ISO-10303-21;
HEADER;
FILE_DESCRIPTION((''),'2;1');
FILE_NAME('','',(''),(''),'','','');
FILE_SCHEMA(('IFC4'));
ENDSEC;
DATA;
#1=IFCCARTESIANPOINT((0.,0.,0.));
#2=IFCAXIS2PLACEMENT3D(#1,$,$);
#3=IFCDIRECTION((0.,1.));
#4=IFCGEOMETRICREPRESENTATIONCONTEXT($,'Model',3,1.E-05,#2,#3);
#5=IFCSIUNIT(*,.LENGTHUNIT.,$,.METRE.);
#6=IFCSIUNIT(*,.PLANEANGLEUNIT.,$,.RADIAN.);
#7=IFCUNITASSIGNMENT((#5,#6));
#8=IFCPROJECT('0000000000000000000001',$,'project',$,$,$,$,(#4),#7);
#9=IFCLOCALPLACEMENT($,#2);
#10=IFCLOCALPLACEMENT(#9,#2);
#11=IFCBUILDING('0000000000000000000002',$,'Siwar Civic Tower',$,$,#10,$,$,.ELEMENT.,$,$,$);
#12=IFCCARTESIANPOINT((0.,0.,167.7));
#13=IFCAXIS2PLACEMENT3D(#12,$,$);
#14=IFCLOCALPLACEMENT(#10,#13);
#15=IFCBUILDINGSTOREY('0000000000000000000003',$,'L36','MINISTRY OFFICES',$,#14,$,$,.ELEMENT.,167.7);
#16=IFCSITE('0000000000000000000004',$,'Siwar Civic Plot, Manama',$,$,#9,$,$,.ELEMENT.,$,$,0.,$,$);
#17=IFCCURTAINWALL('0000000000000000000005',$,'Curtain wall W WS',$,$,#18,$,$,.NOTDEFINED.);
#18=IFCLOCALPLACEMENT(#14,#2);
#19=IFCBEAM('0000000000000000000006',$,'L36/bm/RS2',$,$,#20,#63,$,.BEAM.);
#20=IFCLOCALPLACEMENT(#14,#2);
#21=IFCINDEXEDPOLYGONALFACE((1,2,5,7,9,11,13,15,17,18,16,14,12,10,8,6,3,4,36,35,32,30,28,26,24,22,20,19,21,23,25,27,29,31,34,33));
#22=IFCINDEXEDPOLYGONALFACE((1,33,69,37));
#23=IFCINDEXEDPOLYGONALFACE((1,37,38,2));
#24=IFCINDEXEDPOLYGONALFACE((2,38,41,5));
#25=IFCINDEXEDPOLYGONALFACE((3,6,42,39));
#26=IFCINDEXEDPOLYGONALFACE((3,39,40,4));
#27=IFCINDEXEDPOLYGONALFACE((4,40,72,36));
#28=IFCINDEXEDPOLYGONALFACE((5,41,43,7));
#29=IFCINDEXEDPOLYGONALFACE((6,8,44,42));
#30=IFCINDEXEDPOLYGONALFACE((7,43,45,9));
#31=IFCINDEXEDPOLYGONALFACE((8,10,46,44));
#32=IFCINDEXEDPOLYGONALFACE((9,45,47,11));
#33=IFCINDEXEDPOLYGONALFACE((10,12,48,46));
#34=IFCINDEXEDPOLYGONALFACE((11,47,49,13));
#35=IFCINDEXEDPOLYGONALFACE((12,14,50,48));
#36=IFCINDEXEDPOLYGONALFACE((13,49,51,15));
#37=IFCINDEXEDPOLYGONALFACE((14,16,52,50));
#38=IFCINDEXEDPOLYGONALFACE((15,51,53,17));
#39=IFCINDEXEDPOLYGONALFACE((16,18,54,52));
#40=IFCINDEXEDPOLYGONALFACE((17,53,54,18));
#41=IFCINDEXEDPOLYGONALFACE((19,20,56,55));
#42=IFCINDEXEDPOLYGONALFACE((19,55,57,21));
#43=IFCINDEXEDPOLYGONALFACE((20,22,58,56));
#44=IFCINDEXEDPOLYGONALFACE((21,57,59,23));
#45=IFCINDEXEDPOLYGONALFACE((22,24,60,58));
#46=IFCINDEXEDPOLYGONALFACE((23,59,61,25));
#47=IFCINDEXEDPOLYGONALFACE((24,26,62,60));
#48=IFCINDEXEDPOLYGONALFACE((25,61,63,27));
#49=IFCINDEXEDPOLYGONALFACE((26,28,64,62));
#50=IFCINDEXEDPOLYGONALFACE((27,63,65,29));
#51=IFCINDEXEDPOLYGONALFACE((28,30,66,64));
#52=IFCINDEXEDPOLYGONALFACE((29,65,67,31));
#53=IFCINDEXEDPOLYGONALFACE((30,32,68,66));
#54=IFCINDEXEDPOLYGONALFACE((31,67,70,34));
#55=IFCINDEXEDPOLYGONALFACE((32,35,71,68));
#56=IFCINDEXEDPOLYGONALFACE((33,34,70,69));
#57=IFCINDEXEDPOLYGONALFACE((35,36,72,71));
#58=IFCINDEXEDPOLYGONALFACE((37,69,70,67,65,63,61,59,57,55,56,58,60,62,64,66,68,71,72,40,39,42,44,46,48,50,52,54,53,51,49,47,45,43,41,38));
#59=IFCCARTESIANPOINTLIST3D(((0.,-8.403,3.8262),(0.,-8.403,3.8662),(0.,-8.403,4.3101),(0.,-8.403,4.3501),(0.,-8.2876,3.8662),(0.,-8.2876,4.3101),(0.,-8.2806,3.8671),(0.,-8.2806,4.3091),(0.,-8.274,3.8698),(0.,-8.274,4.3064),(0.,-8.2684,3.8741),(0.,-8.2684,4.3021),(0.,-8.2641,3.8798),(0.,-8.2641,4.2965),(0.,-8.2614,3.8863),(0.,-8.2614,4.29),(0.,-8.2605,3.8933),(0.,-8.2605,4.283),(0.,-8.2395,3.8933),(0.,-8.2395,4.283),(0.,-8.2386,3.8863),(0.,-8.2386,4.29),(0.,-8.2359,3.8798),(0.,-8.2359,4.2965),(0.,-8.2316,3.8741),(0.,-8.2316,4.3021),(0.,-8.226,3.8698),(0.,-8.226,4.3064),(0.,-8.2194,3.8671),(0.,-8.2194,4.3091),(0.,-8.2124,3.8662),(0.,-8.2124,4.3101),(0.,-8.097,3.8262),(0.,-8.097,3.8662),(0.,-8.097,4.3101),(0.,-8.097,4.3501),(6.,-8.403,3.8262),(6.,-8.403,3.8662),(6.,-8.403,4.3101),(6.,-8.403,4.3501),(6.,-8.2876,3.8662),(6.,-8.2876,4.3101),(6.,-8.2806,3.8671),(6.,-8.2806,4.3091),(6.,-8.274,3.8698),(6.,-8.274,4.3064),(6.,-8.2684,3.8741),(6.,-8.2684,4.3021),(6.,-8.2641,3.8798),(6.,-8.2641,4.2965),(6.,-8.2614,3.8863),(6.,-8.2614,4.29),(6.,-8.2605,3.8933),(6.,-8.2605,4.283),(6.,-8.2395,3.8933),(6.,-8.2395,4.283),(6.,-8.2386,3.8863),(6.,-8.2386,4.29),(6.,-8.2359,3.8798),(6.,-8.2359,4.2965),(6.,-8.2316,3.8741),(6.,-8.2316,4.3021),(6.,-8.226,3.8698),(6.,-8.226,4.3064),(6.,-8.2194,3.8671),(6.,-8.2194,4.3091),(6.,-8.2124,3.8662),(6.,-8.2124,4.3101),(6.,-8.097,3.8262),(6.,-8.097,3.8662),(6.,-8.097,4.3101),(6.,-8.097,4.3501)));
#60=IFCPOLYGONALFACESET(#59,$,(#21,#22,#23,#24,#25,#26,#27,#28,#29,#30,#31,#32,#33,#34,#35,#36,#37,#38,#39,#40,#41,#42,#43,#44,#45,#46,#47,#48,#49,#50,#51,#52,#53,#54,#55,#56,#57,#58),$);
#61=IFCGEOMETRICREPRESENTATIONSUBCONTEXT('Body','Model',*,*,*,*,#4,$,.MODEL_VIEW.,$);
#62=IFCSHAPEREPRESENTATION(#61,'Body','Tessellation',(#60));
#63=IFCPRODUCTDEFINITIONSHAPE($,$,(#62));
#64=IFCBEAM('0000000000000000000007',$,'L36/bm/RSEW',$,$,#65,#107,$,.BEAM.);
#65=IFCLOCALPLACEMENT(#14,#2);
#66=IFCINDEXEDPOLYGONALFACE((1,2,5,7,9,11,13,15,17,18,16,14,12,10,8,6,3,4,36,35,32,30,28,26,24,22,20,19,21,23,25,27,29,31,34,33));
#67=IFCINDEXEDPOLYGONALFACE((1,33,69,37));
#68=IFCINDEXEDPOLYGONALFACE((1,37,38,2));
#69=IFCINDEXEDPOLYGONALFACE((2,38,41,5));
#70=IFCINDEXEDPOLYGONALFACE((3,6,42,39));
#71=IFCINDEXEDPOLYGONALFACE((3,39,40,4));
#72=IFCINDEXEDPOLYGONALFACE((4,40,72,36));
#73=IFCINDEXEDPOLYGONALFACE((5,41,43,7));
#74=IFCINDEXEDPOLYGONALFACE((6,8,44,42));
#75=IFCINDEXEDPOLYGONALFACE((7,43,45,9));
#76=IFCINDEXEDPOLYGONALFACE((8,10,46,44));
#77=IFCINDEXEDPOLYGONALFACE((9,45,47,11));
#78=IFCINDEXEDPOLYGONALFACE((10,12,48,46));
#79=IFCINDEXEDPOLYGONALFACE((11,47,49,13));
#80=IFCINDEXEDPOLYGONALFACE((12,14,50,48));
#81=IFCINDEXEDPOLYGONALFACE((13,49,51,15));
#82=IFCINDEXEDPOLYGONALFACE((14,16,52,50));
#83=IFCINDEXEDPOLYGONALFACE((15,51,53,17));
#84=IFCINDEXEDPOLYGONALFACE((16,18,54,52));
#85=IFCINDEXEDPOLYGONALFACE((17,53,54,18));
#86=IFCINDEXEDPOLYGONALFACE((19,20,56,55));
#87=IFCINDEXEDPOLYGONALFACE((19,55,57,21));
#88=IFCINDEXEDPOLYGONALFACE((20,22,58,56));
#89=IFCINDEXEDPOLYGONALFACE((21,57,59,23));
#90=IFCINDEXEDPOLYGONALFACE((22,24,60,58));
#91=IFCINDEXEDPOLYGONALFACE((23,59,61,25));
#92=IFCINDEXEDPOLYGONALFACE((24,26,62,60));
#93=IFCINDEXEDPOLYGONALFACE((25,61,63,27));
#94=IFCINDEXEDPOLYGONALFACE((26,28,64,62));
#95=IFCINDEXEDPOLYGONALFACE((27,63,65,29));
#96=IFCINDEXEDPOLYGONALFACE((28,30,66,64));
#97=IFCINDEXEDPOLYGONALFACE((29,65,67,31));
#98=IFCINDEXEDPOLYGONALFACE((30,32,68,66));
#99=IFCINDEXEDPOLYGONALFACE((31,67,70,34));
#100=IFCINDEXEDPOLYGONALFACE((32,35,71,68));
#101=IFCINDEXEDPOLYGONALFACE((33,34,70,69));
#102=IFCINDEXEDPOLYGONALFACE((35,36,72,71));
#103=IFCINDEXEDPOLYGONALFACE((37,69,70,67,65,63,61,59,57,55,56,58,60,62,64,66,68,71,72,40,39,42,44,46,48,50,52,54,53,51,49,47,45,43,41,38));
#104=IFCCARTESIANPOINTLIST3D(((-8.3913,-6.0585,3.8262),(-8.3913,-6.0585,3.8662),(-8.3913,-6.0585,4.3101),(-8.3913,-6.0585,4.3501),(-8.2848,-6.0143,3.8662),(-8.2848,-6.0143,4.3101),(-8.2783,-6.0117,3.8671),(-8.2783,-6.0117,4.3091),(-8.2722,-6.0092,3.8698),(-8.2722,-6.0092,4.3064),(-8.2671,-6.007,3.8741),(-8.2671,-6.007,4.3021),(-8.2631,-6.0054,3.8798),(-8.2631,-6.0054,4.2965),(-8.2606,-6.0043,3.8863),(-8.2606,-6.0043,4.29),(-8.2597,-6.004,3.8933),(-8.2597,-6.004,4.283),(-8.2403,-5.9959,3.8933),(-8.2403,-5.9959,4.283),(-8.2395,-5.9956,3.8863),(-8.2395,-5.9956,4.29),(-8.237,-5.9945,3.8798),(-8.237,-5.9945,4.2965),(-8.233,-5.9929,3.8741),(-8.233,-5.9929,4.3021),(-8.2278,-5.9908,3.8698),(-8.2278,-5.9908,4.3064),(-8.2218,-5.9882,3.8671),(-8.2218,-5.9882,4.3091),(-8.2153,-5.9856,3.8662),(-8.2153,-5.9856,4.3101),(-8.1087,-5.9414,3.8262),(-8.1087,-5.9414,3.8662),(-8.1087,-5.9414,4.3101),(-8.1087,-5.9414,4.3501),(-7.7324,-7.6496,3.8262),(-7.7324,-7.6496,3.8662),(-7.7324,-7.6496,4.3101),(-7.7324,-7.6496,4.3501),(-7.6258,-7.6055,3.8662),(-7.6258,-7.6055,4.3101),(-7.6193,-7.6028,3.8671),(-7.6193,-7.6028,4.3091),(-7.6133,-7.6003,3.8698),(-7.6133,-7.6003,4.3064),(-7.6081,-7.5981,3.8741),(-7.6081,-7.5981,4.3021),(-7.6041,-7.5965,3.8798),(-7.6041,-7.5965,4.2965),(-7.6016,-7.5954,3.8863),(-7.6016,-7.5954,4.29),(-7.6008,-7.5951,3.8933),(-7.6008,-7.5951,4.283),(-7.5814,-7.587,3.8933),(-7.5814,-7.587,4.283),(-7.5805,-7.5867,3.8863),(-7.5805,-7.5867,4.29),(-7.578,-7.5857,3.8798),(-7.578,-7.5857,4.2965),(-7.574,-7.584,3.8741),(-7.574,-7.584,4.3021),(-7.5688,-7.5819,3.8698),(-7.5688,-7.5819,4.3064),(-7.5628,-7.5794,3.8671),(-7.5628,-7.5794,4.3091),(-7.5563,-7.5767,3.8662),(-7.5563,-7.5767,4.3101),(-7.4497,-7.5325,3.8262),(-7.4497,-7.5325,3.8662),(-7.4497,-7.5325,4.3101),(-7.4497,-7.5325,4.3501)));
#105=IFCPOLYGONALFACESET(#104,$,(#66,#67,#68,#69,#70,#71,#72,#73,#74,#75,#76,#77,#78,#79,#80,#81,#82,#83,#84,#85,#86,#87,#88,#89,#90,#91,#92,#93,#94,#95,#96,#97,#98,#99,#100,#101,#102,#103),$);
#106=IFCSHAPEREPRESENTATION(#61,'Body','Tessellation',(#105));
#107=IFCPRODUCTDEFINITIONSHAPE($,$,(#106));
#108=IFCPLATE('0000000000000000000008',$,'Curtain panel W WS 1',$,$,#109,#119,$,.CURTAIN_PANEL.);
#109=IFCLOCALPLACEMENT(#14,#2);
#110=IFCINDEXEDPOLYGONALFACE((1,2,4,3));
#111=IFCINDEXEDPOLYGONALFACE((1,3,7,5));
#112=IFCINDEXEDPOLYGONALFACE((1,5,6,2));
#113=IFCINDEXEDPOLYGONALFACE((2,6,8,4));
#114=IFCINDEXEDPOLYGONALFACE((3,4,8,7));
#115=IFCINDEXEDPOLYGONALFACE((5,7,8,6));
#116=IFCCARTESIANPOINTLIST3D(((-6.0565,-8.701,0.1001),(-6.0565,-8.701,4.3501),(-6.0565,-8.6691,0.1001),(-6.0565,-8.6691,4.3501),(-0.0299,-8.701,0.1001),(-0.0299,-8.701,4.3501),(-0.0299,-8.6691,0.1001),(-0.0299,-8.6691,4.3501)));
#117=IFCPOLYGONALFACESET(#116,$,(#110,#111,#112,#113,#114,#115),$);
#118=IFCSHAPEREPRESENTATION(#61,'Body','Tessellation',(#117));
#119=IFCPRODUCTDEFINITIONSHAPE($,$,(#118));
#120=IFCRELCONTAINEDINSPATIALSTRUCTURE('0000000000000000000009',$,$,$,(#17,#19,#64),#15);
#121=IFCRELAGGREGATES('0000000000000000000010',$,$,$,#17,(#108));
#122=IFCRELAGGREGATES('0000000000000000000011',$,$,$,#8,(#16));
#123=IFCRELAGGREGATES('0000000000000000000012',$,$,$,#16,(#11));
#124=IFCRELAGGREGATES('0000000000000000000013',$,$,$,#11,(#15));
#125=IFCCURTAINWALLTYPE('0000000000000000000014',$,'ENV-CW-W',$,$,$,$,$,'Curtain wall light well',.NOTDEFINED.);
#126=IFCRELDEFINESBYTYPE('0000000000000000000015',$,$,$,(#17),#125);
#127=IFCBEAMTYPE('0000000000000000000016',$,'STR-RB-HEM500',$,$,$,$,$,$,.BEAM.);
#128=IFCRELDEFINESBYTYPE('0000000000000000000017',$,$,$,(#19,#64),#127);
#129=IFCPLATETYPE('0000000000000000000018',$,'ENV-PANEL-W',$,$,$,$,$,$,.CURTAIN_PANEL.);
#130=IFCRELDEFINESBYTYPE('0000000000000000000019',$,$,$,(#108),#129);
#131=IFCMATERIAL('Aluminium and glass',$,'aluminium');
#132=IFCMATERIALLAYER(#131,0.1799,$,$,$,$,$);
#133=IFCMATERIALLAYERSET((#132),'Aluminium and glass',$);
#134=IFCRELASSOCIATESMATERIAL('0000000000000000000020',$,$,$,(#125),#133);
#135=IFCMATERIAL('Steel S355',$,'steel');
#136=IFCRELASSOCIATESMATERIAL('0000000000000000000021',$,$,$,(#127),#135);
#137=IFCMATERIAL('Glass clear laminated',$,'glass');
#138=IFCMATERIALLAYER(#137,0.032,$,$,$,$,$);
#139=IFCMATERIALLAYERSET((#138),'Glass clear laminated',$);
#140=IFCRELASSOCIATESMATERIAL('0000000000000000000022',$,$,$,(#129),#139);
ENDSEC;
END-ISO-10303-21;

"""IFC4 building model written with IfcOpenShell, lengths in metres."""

from ifc_helpers import new_model, si_unit, direction, frame, origin, origin_2d, place, context, subcontext, project, spatial, rectangle, i_section, extrude, material, layer, layer_set, material_profile, profile_set, type_object, element, aggregate, save


model = new_model("IFC4")

# Units and contexts
model_context = context("Model", 3, precision=1e-05, world=origin(), true_north=direction((0.0, 1.0)))
body_context = subcontext(model_context, "Body", "Model", "MODEL_VIEW")
ifc_project = project(units=[si_unit("LENGTHUNIT", "METRE"), si_unit("PLANEANGLEUNIT", "RADIAN")], contexts=[model_context])

# Site, building, storey
site_placement = place(None, origin())
site = spatial("IfcSite", under=ifc_project, at=site_placement, Name="Siwar Civic Plot, Manama", CompositionType="ELEMENT", RefElevation=0.0)
building_placement = place(site_placement, origin())
building = spatial("IfcBuilding", under=site, at=building_placement, Name="Siwar Civic Tower", CompositionType="ELEMENT")
storey_placement = place(building_placement, frame((0.0, 0.0, 167.7)))
storey = spatial("IfcBuildingStorey", under=building, at=storey_placement, Name="L36", Description="MINISTRY OFFICES", CompositionType="ELEMENT", Elevation=167.7)

# Curtain wall
ifc_material_1 = material(Name="Aluminium and glass", Category="aluminium")
ifc_layer_1 = layer(ifc_material_1, 0.1799)
ifc_layer_set_1 = layer_set([ifc_layer_1], Name="Aluminium and glass")
curtain_wall_type = type_object("IfcCurtainWallType", Name="ENV-CW-W", ElementType="Curtain wall light well", PredefinedType="NOTDEFINED", material=ifc_layer_set_1)
curtain_wall_placement = place(storey_placement, origin())
curtain_wall = element("IfcCurtainWall", 1, at=curtain_wall_placement, inside=storey, type_object=curtain_wall_type, Name="Curtain wall W WS", PredefinedType="NOTDEFINED")

# Beams
ifc_material_2 = material(Name="Steel S355", Category="steel")
ifc_material_profile_1 = material_profile(ifc_material_2, i_section(OverallWidth=0.3059, OverallDepth=0.5239, WebThickness=0.021, FlangeThickness=0.04, FilletRadius=0.0271, at=origin_2d()), Name="HEM500")
ifc_profile_set_1 = profile_set([ifc_material_profile_1], Name="Steel S355")
beam_type = type_object("IfcBeamType", Name="STR-RB-HEM500", PredefinedType="BEAM", material=ifc_profile_set_1)
for number, where, z_axis, x_axis, name in (
    (2, (0.0, -8.25, 4.0881), (1.0, 0.0, 0.0), (0.0, 1.0, 0.0), "L36/bm/RS2"),
):
    element("IfcBeam", number, at=place(storey_placement, frame(where, z_axis=z_axis, x_axis=x_axis)), inside=storey, type_object=beam_type, Name=name, PredefinedType="BEAM", context=body_context, shape_type="SweptSolid", body=[
        extrude(i_section(OverallWidth=0.3059, OverallDepth=0.5239, WebThickness=0.021, FlangeThickness=0.04, FilletRadius=0.0271, at=origin_2d()), origin(), (0.0, 0.0, 1.0), 6.0),
    ])
beam_1_placement = place(storey_placement, frame((-7.5911, -7.5911, 4.0881), z_axis=(-0.382631, 0.923901, 0.0), x_axis=(-0.923901, -0.382631, 0.0)))
element("IfcBeam", 3, at=beam_1_placement, inside=storey, type_object=beam_type, Name="L36/bm/RSEW", PredefinedType="BEAM", context=body_context, shape_type="SweptSolid", body=[
    extrude(i_section(OverallWidth=0.3059, OverallDepth=0.5239, WebThickness=0.021, FlangeThickness=0.04, FilletRadius=0.0271, at=origin_2d()), origin(), (0.0, 0.0, 1.0), 1.7222),
])

# Plate
ifc_material_3 = material(Name="Glass clear laminated", Category="glass")
ifc_layer_2 = layer(ifc_material_3, 0.032)
ifc_layer_set_2 = layer_set([ifc_layer_2], Name="Glass clear laminated")
plate_type = type_object("IfcPlateType", Name="ENV-PANEL-W", PredefinedType="CURTAIN_PANEL", material=ifc_layer_set_2)
plate_placement = place(storey_placement, frame((-3.0432, -8.6851, 0.1001), z_axis=(0.0, 0.0, 1.0), x_axis=(1.0, 0.0, 0.0)))
plate = element("IfcPlate", 4, at=plate_placement, type_object=plate_type, Name="Curtain panel W WS 1", PredefinedType="CURTAIN_PANEL", context=body_context, shape_type="SweptSolid", body=[
    extrude(rectangle(XDim=6.0266, YDim=0.032, at=origin_2d()), origin(), (0.0, 0.0, 1.0), 4.25),
])
aggregate(curtain_wall, [plate])

save(model, "model.ifc")
